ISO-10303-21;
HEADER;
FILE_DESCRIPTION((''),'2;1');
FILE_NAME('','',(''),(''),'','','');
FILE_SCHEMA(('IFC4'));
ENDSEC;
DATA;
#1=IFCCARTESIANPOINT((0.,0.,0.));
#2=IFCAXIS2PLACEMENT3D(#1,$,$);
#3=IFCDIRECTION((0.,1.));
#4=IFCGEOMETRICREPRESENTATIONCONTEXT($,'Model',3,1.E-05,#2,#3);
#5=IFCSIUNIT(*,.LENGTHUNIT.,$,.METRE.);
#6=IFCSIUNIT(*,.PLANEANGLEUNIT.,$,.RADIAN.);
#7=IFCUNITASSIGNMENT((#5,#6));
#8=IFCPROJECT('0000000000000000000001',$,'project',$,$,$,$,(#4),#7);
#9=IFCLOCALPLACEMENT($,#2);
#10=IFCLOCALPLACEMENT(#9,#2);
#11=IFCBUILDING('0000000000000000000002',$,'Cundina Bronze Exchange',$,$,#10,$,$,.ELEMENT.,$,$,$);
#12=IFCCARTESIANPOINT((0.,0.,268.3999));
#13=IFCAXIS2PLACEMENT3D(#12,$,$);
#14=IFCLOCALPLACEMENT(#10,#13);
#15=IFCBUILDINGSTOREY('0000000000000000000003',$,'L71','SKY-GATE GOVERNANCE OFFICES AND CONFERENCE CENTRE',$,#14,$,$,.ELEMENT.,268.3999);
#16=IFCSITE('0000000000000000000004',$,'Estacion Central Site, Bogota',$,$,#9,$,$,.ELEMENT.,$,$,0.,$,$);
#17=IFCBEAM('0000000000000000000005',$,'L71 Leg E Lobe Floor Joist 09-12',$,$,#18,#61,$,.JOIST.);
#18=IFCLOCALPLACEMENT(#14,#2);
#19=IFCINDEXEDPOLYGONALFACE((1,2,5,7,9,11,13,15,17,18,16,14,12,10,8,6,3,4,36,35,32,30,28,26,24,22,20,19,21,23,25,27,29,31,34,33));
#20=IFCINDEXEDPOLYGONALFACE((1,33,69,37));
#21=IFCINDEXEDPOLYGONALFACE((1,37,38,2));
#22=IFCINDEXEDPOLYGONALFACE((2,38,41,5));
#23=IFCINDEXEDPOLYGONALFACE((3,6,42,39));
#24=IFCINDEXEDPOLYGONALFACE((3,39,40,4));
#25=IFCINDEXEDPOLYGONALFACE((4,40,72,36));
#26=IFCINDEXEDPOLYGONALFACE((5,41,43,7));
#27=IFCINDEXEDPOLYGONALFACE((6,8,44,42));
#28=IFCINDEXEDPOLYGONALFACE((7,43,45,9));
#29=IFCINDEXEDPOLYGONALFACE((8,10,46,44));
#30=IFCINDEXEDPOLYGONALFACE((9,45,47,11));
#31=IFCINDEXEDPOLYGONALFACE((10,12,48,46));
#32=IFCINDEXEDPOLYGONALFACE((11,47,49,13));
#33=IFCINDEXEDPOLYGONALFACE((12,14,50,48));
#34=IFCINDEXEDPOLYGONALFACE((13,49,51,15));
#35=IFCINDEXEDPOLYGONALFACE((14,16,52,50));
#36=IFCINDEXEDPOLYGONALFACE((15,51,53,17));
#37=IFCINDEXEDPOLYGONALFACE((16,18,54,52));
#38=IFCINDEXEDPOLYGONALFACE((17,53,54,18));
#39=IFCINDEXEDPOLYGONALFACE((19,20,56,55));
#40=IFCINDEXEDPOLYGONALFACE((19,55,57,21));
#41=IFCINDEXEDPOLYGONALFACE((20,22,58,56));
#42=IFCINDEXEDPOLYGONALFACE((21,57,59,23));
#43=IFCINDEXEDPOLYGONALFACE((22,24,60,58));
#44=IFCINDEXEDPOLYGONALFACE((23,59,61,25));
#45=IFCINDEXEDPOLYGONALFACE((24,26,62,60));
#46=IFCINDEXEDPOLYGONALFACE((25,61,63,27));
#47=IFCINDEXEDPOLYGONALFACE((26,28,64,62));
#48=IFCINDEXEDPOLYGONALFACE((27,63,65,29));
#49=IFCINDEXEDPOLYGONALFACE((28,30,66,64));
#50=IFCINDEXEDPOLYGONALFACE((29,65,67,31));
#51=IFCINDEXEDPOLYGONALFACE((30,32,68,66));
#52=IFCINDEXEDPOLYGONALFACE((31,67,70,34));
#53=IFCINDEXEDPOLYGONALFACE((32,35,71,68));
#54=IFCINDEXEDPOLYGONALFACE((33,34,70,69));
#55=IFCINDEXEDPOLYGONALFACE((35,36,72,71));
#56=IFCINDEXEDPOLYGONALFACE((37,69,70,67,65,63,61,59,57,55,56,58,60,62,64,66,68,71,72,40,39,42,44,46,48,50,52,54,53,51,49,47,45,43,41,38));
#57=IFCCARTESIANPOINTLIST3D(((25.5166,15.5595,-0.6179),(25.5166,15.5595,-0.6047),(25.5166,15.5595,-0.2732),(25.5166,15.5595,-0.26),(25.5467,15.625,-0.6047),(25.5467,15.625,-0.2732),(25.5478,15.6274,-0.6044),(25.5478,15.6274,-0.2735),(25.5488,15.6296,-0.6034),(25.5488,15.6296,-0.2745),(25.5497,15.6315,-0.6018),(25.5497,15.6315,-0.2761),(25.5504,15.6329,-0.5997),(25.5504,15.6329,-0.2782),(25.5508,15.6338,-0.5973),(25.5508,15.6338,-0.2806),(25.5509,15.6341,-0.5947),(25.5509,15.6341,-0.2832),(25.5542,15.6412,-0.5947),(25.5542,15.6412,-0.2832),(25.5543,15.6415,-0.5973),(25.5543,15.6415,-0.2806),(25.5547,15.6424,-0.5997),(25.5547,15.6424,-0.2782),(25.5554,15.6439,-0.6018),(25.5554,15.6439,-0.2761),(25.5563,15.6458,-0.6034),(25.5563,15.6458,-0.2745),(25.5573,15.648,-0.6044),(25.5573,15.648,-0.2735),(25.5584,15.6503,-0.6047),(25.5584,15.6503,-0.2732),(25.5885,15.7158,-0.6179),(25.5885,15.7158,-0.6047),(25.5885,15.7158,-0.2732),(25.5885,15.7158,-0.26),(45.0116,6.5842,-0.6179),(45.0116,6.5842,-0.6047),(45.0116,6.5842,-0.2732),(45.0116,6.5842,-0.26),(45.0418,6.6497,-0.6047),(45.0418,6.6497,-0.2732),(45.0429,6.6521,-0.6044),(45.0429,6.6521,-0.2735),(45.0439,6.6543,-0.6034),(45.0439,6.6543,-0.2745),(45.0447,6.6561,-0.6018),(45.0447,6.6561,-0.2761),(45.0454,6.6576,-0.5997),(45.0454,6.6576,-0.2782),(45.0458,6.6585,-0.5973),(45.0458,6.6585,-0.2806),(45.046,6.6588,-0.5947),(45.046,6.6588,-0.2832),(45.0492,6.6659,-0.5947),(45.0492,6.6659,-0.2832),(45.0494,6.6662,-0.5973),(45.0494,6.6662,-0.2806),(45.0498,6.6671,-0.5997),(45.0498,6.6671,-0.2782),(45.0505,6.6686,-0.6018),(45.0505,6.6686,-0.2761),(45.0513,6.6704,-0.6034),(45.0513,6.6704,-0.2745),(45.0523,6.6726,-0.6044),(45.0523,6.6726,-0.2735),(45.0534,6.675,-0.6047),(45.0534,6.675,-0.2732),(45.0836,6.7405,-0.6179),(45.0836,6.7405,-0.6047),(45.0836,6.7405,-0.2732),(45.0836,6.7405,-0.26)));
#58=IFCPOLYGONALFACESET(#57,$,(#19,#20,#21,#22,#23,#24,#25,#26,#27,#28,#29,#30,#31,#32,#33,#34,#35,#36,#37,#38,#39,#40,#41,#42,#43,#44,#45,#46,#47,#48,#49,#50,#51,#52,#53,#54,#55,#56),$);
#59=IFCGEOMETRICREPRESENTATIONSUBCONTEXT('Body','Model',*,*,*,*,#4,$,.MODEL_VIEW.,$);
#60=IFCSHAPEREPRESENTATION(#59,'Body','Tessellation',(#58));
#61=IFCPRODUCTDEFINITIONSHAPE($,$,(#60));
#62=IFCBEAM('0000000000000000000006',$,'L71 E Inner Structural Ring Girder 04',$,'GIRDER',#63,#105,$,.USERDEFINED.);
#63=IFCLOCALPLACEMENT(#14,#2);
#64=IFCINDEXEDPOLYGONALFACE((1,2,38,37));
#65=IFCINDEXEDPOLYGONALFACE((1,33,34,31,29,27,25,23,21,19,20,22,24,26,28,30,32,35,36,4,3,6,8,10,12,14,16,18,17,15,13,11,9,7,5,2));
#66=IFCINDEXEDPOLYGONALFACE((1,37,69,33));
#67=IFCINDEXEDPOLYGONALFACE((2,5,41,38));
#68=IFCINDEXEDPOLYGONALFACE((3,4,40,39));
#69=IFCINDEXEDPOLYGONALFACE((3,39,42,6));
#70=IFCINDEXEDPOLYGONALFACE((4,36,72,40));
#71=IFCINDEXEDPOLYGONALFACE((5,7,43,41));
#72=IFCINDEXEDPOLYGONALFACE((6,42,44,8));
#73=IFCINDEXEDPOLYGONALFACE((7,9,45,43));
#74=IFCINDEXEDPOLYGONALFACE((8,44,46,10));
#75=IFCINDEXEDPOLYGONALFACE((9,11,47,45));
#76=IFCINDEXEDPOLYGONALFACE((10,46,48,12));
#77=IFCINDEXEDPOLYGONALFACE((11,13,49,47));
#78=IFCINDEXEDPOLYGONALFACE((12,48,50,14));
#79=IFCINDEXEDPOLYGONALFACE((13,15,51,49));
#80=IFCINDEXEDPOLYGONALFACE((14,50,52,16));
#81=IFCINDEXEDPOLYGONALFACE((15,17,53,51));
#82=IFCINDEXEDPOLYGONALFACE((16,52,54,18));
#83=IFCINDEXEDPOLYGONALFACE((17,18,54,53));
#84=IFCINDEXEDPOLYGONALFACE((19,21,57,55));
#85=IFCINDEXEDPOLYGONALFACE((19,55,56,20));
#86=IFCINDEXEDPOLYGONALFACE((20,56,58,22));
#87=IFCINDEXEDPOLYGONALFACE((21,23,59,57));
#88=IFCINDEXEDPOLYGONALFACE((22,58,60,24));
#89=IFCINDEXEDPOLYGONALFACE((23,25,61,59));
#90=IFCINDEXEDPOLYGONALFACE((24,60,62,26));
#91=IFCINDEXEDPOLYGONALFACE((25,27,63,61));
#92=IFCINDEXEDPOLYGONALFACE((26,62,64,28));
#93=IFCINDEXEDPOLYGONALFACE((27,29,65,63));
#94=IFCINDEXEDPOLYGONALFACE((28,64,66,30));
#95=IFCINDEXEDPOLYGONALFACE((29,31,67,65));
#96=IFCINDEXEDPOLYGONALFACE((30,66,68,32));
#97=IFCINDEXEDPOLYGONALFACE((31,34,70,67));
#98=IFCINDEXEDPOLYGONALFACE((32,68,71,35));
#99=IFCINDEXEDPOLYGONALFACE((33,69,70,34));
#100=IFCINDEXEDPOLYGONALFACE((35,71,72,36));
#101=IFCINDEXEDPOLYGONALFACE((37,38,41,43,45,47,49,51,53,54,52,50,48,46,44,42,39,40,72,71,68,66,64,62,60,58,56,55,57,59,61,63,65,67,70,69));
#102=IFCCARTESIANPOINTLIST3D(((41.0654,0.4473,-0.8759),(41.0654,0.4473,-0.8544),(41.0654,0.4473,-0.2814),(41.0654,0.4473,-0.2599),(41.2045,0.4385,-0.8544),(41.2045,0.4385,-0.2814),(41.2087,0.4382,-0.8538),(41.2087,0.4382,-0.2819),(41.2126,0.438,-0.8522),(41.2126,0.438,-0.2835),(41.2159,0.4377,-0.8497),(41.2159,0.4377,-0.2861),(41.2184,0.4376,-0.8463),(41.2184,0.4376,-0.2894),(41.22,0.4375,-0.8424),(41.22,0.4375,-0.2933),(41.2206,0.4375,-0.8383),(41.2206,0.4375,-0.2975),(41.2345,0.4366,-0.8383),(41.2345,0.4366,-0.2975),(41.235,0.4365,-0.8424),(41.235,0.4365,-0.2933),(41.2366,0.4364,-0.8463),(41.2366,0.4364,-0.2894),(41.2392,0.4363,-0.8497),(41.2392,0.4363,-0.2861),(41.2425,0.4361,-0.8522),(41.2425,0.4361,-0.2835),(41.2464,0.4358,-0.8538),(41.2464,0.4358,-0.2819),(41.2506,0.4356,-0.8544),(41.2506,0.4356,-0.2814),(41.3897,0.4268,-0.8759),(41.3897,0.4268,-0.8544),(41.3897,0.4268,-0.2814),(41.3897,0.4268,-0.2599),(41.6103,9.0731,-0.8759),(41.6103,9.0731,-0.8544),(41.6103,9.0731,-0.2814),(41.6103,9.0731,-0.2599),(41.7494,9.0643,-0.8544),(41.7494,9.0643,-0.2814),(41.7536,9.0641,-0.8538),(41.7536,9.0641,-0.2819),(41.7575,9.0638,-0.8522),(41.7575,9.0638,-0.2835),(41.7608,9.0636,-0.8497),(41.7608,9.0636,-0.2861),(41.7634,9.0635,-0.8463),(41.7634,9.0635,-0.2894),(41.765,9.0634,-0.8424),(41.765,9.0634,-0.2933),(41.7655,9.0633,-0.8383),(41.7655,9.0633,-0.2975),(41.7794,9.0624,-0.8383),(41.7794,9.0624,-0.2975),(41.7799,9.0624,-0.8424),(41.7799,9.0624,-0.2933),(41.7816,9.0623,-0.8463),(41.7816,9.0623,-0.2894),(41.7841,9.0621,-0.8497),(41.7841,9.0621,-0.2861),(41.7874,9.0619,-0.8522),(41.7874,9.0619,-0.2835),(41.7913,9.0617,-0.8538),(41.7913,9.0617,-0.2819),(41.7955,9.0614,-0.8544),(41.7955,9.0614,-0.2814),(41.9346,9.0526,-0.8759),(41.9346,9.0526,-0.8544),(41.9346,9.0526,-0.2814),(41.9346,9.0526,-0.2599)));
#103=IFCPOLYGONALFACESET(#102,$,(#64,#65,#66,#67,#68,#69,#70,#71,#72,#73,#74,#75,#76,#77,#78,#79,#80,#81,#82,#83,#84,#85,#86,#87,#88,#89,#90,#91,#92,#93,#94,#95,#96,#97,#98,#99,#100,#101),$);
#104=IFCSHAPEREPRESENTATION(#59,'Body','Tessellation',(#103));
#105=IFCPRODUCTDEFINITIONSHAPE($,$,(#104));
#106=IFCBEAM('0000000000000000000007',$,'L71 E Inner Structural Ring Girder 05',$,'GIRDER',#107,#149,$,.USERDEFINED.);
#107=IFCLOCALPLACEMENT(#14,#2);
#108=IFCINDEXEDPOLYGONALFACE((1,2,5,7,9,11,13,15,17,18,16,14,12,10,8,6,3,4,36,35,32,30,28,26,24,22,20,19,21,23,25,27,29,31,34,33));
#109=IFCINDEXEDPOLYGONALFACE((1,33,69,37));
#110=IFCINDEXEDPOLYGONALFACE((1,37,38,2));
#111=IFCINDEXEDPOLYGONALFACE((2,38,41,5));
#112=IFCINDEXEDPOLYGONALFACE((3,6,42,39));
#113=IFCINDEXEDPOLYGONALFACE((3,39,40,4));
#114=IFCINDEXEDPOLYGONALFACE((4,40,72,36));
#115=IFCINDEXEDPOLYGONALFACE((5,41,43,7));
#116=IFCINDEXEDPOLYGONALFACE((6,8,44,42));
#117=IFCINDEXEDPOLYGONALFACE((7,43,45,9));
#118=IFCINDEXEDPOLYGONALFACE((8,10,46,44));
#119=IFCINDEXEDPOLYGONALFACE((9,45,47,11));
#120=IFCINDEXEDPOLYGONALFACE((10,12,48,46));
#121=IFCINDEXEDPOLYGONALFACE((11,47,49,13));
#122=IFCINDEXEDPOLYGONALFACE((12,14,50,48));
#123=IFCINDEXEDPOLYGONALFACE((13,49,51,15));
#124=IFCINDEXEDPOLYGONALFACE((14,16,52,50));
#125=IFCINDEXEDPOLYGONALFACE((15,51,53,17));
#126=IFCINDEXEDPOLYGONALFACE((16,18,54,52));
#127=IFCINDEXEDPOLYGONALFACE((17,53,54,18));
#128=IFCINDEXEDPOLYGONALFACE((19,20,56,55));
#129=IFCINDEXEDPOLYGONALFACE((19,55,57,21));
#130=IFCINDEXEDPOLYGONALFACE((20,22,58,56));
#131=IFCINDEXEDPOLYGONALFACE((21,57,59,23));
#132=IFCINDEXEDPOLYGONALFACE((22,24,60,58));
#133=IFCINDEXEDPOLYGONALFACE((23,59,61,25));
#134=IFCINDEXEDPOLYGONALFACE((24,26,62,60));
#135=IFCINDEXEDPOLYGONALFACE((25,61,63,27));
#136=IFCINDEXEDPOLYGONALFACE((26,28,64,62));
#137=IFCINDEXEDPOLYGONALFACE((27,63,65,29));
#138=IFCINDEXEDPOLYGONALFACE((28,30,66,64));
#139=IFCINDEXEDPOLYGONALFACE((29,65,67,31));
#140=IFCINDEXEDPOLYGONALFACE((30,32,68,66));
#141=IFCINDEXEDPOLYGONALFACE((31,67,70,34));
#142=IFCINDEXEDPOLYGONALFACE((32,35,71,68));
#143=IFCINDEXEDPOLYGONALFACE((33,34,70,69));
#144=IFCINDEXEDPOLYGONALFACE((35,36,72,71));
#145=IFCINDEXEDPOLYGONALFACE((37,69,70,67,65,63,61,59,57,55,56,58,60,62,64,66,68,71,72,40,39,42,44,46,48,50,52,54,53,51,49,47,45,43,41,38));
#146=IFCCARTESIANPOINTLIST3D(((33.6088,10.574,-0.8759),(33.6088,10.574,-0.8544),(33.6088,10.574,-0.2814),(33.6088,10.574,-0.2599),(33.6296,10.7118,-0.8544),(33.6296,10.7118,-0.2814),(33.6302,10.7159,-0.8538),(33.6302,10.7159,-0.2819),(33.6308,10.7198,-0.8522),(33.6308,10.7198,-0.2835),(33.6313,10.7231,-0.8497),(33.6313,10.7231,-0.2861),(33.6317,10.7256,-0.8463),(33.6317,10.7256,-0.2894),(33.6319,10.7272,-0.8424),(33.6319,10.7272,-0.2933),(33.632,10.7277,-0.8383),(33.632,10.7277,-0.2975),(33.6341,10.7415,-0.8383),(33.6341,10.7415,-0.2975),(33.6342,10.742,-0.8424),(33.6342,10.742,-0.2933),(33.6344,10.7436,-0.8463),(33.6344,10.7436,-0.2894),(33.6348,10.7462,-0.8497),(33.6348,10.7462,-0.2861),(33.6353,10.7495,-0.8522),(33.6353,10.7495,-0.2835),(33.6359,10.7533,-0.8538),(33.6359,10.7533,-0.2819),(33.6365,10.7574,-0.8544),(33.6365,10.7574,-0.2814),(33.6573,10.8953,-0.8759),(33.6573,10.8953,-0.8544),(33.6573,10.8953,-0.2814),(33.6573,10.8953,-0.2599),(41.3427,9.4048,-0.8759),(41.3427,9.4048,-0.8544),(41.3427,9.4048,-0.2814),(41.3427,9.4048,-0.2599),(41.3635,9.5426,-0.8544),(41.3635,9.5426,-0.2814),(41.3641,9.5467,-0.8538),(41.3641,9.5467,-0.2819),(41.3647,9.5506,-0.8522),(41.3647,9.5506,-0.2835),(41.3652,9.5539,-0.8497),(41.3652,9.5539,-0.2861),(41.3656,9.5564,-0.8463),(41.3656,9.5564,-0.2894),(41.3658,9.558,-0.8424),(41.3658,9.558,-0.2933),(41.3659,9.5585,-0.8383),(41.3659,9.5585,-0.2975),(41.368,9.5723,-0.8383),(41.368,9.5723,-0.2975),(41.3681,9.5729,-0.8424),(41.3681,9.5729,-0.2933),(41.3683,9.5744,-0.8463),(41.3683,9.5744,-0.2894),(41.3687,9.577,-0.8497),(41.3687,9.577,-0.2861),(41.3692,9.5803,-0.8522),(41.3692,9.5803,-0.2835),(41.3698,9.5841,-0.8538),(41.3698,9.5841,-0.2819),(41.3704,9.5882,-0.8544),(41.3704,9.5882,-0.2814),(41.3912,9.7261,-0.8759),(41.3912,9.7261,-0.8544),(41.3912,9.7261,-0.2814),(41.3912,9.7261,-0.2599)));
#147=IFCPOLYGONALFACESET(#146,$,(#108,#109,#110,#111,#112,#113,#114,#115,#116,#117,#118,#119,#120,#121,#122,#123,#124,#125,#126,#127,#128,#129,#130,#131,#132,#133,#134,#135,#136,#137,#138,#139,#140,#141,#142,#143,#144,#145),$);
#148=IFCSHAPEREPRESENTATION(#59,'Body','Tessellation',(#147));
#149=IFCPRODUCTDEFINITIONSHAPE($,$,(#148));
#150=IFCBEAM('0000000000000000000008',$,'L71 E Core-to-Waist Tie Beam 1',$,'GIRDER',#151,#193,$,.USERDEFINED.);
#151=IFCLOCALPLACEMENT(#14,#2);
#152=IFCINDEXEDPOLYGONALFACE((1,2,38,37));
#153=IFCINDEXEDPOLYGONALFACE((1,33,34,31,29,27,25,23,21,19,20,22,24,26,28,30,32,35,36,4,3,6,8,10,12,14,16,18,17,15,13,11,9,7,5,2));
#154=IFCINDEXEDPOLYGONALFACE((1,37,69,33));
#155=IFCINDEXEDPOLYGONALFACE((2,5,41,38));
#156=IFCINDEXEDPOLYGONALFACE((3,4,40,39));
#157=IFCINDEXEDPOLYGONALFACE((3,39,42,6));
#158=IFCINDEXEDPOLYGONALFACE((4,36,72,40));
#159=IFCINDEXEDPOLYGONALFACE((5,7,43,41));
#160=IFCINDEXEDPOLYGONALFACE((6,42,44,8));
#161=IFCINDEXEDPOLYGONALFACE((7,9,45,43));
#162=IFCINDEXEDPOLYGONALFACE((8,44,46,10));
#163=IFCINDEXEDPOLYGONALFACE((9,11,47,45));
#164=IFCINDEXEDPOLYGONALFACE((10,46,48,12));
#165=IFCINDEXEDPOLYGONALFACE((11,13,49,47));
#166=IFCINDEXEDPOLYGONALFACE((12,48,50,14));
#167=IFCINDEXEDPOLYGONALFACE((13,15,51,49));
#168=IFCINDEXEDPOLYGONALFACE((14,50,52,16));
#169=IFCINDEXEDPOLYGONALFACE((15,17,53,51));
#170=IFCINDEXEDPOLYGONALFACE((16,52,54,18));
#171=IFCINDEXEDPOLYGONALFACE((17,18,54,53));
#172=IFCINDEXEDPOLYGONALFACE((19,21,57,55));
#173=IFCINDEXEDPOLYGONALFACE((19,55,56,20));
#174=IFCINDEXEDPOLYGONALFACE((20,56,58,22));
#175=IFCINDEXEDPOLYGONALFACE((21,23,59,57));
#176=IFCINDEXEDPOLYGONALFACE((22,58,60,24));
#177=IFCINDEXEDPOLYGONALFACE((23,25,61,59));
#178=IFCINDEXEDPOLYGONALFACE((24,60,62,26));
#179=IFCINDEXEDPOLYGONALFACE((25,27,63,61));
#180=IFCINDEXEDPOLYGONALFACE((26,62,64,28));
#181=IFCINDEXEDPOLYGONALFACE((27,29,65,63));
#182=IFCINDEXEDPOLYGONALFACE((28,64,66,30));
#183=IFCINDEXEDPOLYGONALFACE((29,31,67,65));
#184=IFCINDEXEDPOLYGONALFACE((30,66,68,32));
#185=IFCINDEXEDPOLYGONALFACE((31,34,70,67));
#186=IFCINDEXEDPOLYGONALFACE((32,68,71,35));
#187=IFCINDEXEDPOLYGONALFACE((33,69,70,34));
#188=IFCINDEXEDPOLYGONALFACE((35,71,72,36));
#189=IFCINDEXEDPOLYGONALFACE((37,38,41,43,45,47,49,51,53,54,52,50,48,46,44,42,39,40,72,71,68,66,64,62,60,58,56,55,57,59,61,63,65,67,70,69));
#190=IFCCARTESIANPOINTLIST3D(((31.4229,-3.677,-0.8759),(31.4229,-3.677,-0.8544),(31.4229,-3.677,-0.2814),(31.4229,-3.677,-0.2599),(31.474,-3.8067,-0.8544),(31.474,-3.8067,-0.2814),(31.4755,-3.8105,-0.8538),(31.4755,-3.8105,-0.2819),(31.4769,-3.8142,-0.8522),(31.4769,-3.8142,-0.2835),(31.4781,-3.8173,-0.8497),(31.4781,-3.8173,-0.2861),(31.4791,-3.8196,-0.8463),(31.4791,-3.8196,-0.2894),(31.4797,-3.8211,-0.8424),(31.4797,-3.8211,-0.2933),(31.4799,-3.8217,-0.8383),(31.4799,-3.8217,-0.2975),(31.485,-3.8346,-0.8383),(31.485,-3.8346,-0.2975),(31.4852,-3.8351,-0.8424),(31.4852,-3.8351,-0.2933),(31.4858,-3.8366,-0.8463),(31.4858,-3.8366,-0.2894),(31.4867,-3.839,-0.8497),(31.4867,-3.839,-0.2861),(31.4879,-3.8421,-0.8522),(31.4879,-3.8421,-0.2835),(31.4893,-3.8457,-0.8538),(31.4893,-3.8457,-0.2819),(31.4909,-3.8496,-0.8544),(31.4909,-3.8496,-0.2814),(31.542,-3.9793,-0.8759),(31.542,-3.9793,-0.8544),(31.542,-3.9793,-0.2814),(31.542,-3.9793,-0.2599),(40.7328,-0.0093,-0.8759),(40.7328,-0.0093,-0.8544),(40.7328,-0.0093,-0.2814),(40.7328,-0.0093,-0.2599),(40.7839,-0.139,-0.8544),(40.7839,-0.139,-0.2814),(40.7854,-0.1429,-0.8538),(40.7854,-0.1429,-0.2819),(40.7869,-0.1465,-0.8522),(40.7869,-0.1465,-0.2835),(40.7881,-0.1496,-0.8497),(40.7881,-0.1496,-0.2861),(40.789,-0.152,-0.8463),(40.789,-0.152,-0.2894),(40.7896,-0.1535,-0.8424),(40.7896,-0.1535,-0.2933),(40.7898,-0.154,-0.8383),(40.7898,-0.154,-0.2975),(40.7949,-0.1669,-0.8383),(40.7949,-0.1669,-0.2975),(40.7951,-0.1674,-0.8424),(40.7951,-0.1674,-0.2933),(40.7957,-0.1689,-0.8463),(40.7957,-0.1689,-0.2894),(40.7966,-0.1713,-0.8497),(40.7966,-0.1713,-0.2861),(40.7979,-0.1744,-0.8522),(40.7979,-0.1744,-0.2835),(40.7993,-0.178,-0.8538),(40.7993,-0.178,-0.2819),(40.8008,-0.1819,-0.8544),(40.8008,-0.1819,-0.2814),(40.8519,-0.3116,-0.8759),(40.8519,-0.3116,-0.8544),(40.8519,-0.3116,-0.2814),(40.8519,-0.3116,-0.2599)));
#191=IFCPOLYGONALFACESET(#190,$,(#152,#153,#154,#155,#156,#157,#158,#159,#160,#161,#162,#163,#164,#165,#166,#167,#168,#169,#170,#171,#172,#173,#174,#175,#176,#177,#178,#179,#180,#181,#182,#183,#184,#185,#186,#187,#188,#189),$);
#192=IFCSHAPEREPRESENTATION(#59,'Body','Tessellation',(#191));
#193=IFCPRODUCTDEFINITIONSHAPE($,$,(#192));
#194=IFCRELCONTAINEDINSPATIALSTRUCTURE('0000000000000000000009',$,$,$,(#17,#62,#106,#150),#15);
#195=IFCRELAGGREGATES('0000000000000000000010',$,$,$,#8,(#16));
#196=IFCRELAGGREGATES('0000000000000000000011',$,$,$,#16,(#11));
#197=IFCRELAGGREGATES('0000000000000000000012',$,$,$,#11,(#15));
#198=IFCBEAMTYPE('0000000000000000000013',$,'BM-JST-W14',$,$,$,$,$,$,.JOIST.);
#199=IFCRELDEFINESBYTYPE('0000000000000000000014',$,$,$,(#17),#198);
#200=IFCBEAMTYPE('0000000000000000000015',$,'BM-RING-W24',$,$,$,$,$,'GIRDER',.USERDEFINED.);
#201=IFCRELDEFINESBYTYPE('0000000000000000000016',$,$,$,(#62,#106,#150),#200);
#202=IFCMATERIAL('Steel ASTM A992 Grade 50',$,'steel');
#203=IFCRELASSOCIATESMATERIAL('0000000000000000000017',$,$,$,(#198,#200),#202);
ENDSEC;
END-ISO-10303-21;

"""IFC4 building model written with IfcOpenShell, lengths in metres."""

from ifc_helpers import new_model, si_unit, direction, frame, origin, origin_2d, place, context, subcontext, project, spatial, i_section, extrude, material, material_profile, profile_set, type_object, element, save


model = new_model("IFC4")

# Units and contexts
model_context = context("Model", 3, precision=1e-05, world=origin(), true_north=direction((0.0, 1.0)))
body_context = subcontext(model_context, "Body", "Model", "MODEL_VIEW")
ifc_project = project(units=[si_unit("LENGTHUNIT", "METRE"), si_unit("PLANEANGLEUNIT", "RADIAN")], contexts=[model_context])

# Site, building, storey
site_placement = place(None, origin())
site = spatial("IfcSite", under=ifc_project, at=site_placement, Name="Estacion Central Site, Bogota", CompositionType="ELEMENT", RefElevation=0.0)
building_placement = place(site_placement, origin())
building = spatial("IfcBuilding", under=site, at=building_placement, Name="Cundina Bronze Exchange", CompositionType="ELEMENT")
storey_placement = place(building_placement, frame((0.0, 0.0, 268.3999)))
storey = spatial("IfcBuildingStorey", under=building, at=storey_placement, Name="L71", Description="SKY-GATE GOVERNANCE OFFICES AND CONFERENCE CENTRE", CompositionType="ELEMENT", Elevation=268.3999)

# Beams
ifc_material_1 = material(Name="Steel ASTM A992 Grade 50", Category="steel")
ifc_material_profile_1 = material_profile(ifc_material_1, i_section(OverallWidth=0.1721, OverallDepth=0.3579, WebThickness=0.0078, FlangeThickness=0.0132, FilletRadius=0.01, at=origin_2d()), Name="W14X38", Category="steel")
ifc_profile_set_1 = profile_set([ifc_material_profile_1], Name="Steel ASTM A992 Grade 50")
beam_type_1 = type_object("IfcBeamType", Name="BM-JST-W14", PredefinedType="JOIST", material=ifc_profile_set_1)
beam_1_placement = place(storey_placement, frame((45.0476, 6.6624, -0.439), z_axis=(-0.908356, 0.418197, 0.0), x_axis=(-0.418197, -0.908356, 0.0)))
element("IfcBeam", 1, at=beam_1_placement, inside=storey, type_object=beam_type_1, Name="L71 Leg E Lobe Floor Joist 09-12", PredefinedType="JOIST", context=body_context, shape_type="SweptSolid", body=[
    extrude(i_section(OverallWidth=0.1721, OverallDepth=0.3579, WebThickness=0.0078, FlangeThickness=0.0132, FilletRadius=0.01, at=origin_2d()), origin(), (0.0, 0.0, 1.0), 21.4619),
])
ifc_material_profile_2 = material_profile(ifc_material_1, i_section(OverallWidth=0.325, OverallDepth=0.616, WebThickness=0.0139, FlangeThickness=0.0215, FilletRadius=0.0161, at=origin_2d()), Name="W24X117", Category="steel")
ifc_profile_set_2 = profile_set([ifc_material_profile_2], Name="Steel ASTM A992 Grade 50")
beam_type_2 = type_object("IfcBeamType", Name="BM-RING-W24", ElementType="GIRDER", PredefinedType="USERDEFINED", material=ifc_profile_set_2)
beam_2_placement = place(storey_placement, frame((41.2275, 0.437, -0.5679), z_axis=(0.063047, 0.998011, 0.0), x_axis=(-0.998011, 0.063047, 0.0)))
element("IfcBeam", 2, at=beam_2_placement, inside=storey, type_object=beam_type_2, Name="L71 E Inner Structural Ring Girder 04", ObjectType="GIRDER", PredefinedType="USERDEFINED", context=body_context, shape_type="SweptSolid", body=[
    extrude(i_section(OverallWidth=0.325, OverallDepth=0.616, WebThickness=0.0139, FlangeThickness=0.0215, FilletRadius=0.0161, at=origin_2d()), origin(), (0.0, 0.0, 1.0), 8.6431),
])
beam_3_placement = place(storey_placement, frame((41.3669, 9.5654, -0.5679), z_axis=(-0.988765, 0.149479, 0.0), x_axis=(-0.149479, -0.988765, 0.0)))
element("IfcBeam", 3, at=beam_3_placement, inside=storey, type_object=beam_type_2, Name="L71 E Inner Structural Ring Girder 05", ObjectType="GIRDER", PredefinedType="USERDEFINED", context=body_context, shape_type="SweptSolid", body=[
    extrude(i_section(OverallWidth=0.325, OverallDepth=0.616, WebThickness=0.0139, FlangeThickness=0.0215, FilletRadius=0.0161, at=origin_2d()), origin(), (0.0, 0.0, 1.0), 7.8218),
])
beam_4_placement = place(storey_placement, frame((31.4824, -3.8281, -0.5679), z_axis=(0.930404, 0.366535, 0.0), x_axis=(-0.366535, 0.930404, 0.0)))
element("IfcBeam", 4, at=beam_4_placement, inside=storey, type_object=beam_type_2, Name="L71 E Core-to-Waist Tie Beam 1", ObjectType="GIRDER", PredefinedType="USERDEFINED", context=body_context, shape_type="SweptSolid", body=[
    extrude(i_section(OverallWidth=0.325, OverallDepth=0.616, WebThickness=0.0139, FlangeThickness=0.0215, FilletRadius=0.0161, at=origin_2d()), origin(), (0.0, 0.0, 1.0), 10.0063),
])

save(model, "model.ifc")
